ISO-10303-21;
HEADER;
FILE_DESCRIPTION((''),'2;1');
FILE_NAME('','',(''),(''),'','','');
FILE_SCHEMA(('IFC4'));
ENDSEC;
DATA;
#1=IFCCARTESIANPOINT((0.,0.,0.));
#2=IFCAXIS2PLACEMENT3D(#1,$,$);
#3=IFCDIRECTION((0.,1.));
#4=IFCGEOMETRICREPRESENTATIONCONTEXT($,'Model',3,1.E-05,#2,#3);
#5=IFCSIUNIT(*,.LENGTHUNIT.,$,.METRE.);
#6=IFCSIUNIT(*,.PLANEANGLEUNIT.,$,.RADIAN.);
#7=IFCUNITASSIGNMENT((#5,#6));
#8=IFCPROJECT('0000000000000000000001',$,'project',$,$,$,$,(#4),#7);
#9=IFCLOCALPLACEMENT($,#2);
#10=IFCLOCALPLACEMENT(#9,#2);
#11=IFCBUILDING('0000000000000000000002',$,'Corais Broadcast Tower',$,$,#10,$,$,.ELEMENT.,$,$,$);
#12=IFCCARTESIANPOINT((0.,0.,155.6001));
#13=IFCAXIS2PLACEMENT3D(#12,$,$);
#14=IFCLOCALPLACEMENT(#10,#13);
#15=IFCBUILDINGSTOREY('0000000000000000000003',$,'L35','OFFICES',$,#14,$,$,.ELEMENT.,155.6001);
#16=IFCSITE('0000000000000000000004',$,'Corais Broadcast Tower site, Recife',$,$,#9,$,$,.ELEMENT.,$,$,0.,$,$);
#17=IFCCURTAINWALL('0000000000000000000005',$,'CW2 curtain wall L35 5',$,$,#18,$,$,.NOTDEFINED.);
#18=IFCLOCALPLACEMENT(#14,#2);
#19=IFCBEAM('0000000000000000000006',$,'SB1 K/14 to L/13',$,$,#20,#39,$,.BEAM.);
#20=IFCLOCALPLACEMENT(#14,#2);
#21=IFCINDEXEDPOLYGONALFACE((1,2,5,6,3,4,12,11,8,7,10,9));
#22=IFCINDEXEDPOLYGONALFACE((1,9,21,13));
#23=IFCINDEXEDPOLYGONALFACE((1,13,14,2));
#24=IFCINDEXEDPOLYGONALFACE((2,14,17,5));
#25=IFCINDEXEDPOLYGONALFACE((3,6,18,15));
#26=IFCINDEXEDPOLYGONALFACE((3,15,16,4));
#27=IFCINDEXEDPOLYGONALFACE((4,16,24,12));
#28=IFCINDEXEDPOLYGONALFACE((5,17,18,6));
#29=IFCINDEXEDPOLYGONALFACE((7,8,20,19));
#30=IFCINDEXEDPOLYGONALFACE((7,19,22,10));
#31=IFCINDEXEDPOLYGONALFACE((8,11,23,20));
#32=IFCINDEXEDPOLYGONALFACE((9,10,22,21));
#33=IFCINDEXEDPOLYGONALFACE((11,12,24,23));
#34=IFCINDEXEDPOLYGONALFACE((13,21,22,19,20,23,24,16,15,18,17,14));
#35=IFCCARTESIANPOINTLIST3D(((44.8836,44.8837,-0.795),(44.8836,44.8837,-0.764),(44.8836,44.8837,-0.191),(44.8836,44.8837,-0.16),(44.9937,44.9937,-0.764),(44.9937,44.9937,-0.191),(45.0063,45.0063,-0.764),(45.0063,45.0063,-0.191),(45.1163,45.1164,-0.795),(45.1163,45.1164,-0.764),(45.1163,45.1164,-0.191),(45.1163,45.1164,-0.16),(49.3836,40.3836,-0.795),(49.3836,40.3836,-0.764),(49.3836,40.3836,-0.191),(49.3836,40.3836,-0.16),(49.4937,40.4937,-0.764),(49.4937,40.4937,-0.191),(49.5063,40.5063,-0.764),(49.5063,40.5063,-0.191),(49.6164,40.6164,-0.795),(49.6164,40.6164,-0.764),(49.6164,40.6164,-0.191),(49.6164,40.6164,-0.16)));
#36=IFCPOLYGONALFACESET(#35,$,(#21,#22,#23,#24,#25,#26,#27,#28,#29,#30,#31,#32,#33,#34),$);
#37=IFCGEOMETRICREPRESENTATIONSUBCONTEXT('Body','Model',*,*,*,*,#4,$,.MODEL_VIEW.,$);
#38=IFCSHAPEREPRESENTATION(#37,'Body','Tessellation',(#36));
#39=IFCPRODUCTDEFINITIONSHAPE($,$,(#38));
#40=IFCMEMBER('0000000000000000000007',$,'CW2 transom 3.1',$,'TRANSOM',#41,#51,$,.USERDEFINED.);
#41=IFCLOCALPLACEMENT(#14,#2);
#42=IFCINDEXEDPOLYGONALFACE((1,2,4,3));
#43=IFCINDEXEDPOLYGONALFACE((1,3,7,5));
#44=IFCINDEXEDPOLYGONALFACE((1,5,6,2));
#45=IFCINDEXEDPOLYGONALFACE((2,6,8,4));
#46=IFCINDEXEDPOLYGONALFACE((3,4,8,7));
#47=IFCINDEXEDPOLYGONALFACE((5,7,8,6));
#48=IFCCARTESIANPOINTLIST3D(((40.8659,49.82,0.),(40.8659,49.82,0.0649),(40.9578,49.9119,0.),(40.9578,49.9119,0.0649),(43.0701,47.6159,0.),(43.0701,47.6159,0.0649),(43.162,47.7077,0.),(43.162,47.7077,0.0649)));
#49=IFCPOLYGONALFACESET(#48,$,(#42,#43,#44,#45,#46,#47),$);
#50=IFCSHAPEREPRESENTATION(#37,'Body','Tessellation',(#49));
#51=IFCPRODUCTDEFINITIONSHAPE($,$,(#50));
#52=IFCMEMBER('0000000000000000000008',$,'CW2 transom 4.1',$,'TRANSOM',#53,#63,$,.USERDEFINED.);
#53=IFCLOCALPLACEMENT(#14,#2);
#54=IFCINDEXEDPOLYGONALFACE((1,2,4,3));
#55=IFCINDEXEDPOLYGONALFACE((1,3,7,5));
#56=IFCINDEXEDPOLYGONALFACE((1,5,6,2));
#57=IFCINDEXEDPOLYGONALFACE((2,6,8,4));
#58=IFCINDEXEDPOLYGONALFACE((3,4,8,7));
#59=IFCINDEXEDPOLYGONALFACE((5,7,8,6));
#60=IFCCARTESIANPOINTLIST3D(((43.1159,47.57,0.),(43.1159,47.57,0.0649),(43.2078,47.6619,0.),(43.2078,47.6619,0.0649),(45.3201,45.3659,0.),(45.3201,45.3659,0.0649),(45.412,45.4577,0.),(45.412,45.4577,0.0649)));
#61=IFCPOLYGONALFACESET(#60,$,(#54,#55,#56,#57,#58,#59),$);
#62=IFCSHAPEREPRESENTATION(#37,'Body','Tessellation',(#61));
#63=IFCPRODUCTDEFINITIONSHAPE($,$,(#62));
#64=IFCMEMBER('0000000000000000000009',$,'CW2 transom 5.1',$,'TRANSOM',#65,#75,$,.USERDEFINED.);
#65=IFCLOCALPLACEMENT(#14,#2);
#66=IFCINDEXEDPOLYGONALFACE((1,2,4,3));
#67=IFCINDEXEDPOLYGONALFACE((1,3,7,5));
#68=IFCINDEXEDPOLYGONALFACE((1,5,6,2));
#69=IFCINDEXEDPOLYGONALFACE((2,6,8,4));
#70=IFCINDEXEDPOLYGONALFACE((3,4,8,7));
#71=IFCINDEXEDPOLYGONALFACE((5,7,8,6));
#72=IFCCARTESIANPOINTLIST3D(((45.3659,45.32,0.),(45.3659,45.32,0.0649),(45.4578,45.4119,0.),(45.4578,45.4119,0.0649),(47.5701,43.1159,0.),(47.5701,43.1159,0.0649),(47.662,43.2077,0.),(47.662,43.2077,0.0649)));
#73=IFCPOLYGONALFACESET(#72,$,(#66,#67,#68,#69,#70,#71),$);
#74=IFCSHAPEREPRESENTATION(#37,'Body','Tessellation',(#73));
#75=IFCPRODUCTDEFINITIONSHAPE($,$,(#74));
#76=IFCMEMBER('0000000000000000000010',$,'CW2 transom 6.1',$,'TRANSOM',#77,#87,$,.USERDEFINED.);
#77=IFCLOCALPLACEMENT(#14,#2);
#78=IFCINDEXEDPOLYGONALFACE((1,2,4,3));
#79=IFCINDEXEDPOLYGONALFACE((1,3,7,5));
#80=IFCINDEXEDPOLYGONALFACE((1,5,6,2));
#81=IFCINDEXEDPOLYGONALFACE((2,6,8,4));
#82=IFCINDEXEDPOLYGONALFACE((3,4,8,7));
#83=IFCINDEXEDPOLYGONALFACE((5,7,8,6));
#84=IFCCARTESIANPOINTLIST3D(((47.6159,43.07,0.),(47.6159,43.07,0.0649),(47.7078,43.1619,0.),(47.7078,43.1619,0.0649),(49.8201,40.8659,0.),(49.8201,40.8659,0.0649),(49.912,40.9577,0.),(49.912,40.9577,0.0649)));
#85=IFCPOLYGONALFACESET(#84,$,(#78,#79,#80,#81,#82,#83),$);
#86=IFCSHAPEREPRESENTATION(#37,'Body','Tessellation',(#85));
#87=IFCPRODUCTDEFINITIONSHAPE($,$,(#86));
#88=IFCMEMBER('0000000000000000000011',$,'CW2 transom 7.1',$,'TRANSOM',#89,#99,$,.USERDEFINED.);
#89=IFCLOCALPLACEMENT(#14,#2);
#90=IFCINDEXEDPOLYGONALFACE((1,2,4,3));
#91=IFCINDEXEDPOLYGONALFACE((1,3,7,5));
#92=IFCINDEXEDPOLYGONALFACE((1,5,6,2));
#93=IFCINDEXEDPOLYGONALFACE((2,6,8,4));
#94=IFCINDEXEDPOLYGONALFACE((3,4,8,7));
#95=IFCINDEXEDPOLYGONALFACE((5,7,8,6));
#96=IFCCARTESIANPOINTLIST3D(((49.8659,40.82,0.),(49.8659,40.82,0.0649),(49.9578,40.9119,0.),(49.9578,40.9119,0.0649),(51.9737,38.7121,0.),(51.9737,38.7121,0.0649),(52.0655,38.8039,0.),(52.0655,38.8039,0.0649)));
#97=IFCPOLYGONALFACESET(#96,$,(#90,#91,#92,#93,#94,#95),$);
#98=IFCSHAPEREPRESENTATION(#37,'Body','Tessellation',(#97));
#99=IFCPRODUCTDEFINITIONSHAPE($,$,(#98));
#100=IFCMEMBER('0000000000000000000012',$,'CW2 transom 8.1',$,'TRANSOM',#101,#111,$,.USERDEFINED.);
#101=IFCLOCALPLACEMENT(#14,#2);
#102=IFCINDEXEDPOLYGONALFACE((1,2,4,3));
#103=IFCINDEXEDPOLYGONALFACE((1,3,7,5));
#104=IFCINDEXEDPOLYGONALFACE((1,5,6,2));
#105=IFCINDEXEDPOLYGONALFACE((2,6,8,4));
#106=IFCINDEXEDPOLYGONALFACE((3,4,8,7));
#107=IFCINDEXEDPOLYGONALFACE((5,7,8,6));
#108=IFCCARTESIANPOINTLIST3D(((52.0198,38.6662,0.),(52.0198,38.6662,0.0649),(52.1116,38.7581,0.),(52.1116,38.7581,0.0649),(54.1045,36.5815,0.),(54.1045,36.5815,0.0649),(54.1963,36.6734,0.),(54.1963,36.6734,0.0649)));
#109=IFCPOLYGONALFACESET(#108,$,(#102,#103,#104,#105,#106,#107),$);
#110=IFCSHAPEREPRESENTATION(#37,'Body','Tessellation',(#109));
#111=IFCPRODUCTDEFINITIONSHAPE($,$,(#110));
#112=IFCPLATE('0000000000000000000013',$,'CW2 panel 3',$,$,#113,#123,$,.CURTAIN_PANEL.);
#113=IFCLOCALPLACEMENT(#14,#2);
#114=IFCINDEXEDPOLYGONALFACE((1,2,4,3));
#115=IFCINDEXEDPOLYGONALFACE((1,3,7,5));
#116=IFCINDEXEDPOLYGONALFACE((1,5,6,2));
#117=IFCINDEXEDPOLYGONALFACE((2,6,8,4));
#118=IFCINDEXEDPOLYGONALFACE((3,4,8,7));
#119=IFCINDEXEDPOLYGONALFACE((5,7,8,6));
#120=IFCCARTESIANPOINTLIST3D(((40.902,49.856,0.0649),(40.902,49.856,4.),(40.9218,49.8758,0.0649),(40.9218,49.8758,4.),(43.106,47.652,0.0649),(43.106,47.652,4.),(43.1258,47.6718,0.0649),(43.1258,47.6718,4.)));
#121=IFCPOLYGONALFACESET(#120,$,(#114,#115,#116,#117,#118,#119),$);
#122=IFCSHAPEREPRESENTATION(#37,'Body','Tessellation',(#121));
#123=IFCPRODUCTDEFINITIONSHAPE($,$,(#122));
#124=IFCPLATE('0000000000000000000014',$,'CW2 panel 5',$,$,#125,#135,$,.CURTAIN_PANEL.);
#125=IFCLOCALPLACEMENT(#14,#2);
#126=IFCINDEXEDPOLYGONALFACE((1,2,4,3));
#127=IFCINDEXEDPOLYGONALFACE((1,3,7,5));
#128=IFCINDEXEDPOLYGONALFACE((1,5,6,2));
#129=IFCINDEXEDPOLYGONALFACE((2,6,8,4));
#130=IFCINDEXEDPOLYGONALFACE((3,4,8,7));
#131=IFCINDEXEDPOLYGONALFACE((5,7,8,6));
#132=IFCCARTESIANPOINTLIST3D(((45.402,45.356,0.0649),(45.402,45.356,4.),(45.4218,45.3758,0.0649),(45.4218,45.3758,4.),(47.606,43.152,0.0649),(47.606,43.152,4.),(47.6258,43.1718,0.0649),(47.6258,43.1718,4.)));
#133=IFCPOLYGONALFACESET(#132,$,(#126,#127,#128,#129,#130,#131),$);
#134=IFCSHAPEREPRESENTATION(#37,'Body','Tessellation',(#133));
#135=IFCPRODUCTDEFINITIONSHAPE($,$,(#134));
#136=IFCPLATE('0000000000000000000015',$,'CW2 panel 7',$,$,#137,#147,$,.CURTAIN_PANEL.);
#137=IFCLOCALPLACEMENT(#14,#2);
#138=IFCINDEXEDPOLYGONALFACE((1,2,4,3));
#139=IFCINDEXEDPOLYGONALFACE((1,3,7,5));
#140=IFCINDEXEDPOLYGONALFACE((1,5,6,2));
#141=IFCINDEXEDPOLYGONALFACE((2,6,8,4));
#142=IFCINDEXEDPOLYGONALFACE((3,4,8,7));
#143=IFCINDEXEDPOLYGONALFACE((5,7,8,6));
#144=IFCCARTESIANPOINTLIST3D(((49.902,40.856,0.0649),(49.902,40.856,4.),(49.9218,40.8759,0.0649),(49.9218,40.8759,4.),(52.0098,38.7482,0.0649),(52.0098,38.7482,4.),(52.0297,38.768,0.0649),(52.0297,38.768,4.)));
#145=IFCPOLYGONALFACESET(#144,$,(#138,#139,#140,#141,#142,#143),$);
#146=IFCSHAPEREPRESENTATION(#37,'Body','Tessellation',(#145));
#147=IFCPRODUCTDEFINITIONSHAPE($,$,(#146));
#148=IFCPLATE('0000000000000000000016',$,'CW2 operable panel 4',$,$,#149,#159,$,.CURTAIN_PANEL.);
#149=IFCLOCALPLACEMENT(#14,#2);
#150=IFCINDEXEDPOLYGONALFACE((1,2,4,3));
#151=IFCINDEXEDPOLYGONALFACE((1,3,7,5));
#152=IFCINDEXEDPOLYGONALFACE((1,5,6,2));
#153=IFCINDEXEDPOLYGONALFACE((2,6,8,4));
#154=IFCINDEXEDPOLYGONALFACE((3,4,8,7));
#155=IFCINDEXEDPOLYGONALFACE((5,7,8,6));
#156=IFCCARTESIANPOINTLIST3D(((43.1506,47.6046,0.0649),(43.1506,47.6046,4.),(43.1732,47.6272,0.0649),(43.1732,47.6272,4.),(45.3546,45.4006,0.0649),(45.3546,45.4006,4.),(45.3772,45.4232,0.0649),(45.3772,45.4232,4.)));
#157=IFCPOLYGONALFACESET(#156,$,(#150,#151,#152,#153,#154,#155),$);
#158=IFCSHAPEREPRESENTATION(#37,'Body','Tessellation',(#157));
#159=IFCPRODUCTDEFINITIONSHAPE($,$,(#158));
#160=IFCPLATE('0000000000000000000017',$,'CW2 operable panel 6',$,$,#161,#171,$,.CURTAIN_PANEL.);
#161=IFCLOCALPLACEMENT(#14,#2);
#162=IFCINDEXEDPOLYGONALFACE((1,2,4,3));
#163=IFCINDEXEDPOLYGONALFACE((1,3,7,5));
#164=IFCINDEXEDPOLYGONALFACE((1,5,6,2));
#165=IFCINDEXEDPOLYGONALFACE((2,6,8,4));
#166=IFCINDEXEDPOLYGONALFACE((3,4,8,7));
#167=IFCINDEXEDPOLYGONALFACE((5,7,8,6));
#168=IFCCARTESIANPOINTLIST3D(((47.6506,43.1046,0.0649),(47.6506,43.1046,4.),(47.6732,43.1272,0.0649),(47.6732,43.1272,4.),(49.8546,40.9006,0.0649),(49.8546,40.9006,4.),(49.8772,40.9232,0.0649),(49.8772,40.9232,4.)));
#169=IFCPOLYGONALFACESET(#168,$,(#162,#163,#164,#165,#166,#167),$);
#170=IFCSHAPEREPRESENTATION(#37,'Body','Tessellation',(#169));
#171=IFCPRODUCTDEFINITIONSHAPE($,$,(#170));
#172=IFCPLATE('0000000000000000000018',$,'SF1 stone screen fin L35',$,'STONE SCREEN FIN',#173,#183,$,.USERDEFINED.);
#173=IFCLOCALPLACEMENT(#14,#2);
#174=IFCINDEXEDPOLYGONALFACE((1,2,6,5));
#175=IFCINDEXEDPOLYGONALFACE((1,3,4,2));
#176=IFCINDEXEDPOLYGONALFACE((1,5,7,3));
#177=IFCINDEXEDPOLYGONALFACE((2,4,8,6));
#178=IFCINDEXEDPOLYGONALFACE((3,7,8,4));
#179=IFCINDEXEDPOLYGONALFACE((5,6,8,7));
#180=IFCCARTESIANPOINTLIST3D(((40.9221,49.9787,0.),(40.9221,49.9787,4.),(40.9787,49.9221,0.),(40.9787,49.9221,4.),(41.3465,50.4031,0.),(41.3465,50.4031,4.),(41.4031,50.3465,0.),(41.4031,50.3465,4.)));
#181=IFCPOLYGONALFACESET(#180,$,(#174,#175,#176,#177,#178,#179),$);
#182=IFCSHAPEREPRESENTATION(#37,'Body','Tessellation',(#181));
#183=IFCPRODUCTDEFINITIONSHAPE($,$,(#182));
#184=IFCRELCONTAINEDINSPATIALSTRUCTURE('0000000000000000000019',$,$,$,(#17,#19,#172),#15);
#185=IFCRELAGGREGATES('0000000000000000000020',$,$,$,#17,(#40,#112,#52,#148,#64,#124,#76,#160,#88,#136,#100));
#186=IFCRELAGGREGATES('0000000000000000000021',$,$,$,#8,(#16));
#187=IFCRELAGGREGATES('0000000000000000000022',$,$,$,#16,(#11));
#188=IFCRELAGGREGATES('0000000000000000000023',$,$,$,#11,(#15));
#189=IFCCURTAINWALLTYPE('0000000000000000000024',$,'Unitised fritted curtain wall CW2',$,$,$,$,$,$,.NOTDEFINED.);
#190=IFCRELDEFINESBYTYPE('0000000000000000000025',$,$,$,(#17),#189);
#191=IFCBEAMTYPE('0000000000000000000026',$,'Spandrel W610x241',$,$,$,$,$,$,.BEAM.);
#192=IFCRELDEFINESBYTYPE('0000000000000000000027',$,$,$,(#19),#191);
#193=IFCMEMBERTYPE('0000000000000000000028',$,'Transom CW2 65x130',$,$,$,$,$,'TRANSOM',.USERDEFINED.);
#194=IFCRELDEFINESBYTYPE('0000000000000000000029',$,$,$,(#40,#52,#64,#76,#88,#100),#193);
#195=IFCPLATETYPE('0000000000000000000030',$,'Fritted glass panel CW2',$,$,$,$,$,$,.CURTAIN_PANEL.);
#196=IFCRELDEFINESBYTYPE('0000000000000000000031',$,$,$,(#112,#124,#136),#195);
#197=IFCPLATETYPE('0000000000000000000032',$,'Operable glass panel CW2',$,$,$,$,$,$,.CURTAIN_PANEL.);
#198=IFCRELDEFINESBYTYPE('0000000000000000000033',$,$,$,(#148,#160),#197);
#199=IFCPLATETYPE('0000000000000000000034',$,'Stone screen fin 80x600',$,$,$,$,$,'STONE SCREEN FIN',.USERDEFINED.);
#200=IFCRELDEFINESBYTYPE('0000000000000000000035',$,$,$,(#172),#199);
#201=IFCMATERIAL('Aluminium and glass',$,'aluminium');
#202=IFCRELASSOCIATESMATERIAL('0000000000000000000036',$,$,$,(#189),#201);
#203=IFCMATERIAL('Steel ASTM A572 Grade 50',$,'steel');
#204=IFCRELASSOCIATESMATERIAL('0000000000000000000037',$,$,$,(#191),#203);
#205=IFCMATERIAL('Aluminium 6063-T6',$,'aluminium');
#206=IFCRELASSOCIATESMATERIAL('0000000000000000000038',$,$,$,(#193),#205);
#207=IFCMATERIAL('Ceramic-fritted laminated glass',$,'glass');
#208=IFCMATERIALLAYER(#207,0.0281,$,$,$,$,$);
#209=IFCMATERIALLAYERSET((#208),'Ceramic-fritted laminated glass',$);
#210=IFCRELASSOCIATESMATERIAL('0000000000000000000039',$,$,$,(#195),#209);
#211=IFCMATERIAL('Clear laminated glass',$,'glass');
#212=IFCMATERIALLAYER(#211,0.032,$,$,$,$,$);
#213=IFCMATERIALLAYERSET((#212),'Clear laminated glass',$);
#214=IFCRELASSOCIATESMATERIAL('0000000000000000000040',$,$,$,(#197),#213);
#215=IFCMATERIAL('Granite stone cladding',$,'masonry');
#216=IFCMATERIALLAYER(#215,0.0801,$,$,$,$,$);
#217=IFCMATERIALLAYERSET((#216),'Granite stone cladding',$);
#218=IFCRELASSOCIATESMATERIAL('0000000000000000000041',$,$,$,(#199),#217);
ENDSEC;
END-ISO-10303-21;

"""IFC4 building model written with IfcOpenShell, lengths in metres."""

from ifc_helpers import new_model, si_unit, direction, frame, origin, origin_2d, place, context, subcontext, project, spatial, rectangle, i_section, extrude, material, layer, layer_set, material_profile, profile_set, type_object, element, aggregate, save


model = new_model("IFC4")

# Units and contexts
model_context = context("Model", 3, precision=1e-05, world=origin(), true_north=direction((0.0, 1.0)))
body_context = subcontext(model_context, "Body", "Model", "MODEL_VIEW")
ifc_project = project(units=[si_unit("LENGTHUNIT", "METRE"), si_unit("PLANEANGLEUNIT", "RADIAN")], contexts=[model_context])

# Site, building, storey
site_placement = place(None, origin())
site = spatial("IfcSite", under=ifc_project, at=site_placement, Name="Corais Broadcast Tower site, Recife", CompositionType="ELEMENT", RefElevation=0.0)
building_placement = place(site_placement, origin())
building = spatial("IfcBuilding", under=site, at=building_placement, Name="Corais Broadcast Tower", CompositionType="ELEMENT")
storey_placement = place(building_placement, frame((0.0, 0.0, 155.6001)))
storey = spatial("IfcBuildingStorey", under=building, at=storey_placement, Name="L35", Description="OFFICES", CompositionType="ELEMENT", Elevation=155.6001)

# Curtain wall
ifc_material_1 = material(Name="Aluminium and glass", Category="aluminium")
curtain_wall_type = type_object("IfcCurtainWallType", Name="Unitised fritted curtain wall CW2", PredefinedType="NOTDEFINED", material=ifc_material_1)
curtain_wall_placement = place(storey_placement, origin())
curtain_wall = element("IfcCurtainWall", 1, at=curtain_wall_placement, inside=storey, type_object=curtain_wall_type, Name="CW2 curtain wall L35 5", PredefinedType="NOTDEFINED")

# Beam
ifc_material_2 = material(Name="Steel ASTM A572 Grade 50", Category="steel")
ifc_material_profile_1 = material_profile(ifc_material_2, i_section(OverallWidth=0.3291, OverallDepth=0.635, WebThickness=0.0178, FlangeThickness=0.031, at=origin_2d()), Name="W610x241")
ifc_profile_set_1 = profile_set([ifc_material_profile_1], Name="Steel ASTM A572 Grade 50")
beam_type_1 = type_object("IfcBeamType", Name="Spandrel W610x241", PredefinedType="BEAM", material=ifc_profile_set_1)
for number, where, z_axis, x_axis, name in (
    (2, (49.5, 40.5, -0.4775), (-0.707107, 0.707107, 0.0), (-0.707107, -0.707107, 0.0), "SB1 K/14 to L/13"),
):
    element("IfcBeam", number, at=place(storey_placement, frame(where, z_axis=z_axis, x_axis=x_axis)), inside=storey, type_object=beam_type_1, Name=name, PredefinedType="BEAM", context=body_context, shape_type="SweptSolid", body=[
        extrude(i_section(OverallWidth=0.3291, OverallDepth=0.635, WebThickness=0.0178, FlangeThickness=0.031, at=origin_2d()), origin(), (0.0, 0.0, 1.0), 6.364),
    ])

# Members
ifc_material_3 = material(Name="Aluminium 6063-T6", Category="aluminium")
ifc_material_profile_2 = material_profile(ifc_material_3, rectangle(XDim=0.1299, YDim=0.0649, at=origin_2d()), Name="Transom CW2 65x130")
ifc_profile_set_2 = profile_set([ifc_material_profile_2], Name="Aluminium 6063-T6")
member_type_1 = type_object("IfcMemberType", Name="Transom CW2 65x130", ElementType="TRANSOM", PredefinedType="USERDEFINED", material=ifc_profile_set_2)
member_1_placement = place(storey_placement, frame((40.9119, 49.866, 0.0325), z_axis=(0.707107, -0.707107, 0.0), x_axis=(0.707107, 0.707107, 0.0)))
member_1 = element("IfcMember", 3, at=member_1_placement, type_object=member_type_1, Name="CW2 transom 3.1", ObjectType="TRANSOM", PredefinedType="USERDEFINED", context=body_context, shape_type="SweptSolid", body=[
    extrude(rectangle(XDim=0.1299, YDim=0.0649, at=origin_2d()), origin(), (0.0, 0.0, 1.0), 3.1172),
])
member_2_placement = place(storey_placement, frame((43.1619, 47.616, 0.0325), z_axis=(0.707107, -0.707107, 0.0), x_axis=(0.707107, 0.707107, 0.0)))
member_2 = element("IfcMember", 4, at=member_2_placement, type_object=member_type_1, Name="CW2 transom 4.1", ObjectType="TRANSOM", PredefinedType="USERDEFINED", context=body_context, shape_type="SweptSolid", body=[
    extrude(rectangle(XDim=0.1299, YDim=0.0649, at=origin_2d()), origin(), (0.0, 0.0, 1.0), 3.1172),
])
member_3_placement = place(storey_placement, frame((45.4119, 45.366, 0.0325), z_axis=(0.707107, -0.707107, 0.0), x_axis=(0.707107, 0.707107, 0.0)))
member_3 = element("IfcMember", 5, at=member_3_placement, type_object=member_type_1, Name="CW2 transom 5.1", ObjectType="TRANSOM", PredefinedType="USERDEFINED", context=body_context, shape_type="SweptSolid", body=[
    extrude(rectangle(XDim=0.1299, YDim=0.0649, at=origin_2d()), origin(), (0.0, 0.0, 1.0), 3.1172),
])
member_4_placement = place(storey_placement, frame((47.6619, 43.116, 0.0325), z_axis=(0.707107, -0.707107, 0.0), x_axis=(0.707107, 0.707107, 0.0)))
member_4 = element("IfcMember", 6, at=member_4_placement, type_object=member_type_1, Name="CW2 transom 6.1", ObjectType="TRANSOM", PredefinedType="USERDEFINED", context=body_context, shape_type="SweptSolid", body=[
    extrude(rectangle(XDim=0.1299, YDim=0.0649, at=origin_2d()), origin(), (0.0, 0.0, 1.0), 3.1172),
])
member_5_placement = place(storey_placement, frame((49.9119, 40.866, 0.0325), z_axis=(0.707066, -0.707148, 0.0), x_axis=(0.707148, 0.707066, 0.0)))
member_5 = element("IfcMember", 7, at=member_5_placement, type_object=member_type_1, Name="CW2 transom 7.1", ObjectType="TRANSOM", PredefinedType="USERDEFINED", context=body_context, shape_type="SweptSolid", body=[
    extrude(rectangle(XDim=0.1299, YDim=0.0649, at=origin_2d()), origin(), (0.0, 0.0, 1.0), 2.981),
])
member_6_placement = place(storey_placement, frame((52.0657, 38.7122, 0.0325), z_axis=(0.707107, -0.707107, 0.0), x_axis=(0.707107, 0.707107, 0.0)))
member_6 = element("IfcMember", 8, at=member_6_placement, type_object=member_type_1, Name="CW2 transom 8.1", ObjectType="TRANSOM", PredefinedType="USERDEFINED", context=body_context, shape_type="SweptSolid", body=[
    extrude(rectangle(XDim=0.1299, YDim=0.0649, at=origin_2d()), origin(), (0.0, 0.0, 1.0), 2.9482),
])

# Plates
ifc_material_4 = material(Name="Ceramic-fritted laminated glass", Category="glass")
ifc_layer_1 = layer(ifc_material_4, 0.0281)
ifc_layer_set_1 = layer_set([ifc_layer_1], Name="Ceramic-fritted laminated glass")
plate_type_1 = type_object("IfcPlateType", Name="Fritted glass panel CW2", PredefinedType="CURTAIN_PANEL", material=ifc_layer_set_1)
plate_1_placement = place(storey_placement, frame((42.0139, 48.7639, 0.0649), z_axis=(0.0, 0.0, 1.0), x_axis=(0.707107, -0.707107, 0.0)))
plate_1 = element("IfcPlate", 9, at=plate_1_placement, type_object=plate_type_1, Name="CW2 panel 3", PredefinedType="CURTAIN_PANEL", context=body_context, shape_type="SweptSolid", body=[
    extrude(rectangle(XDim=3.1169, YDim=0.0281, at=origin_2d()), origin(), (0.0, 0.0, 1.0), 3.9351),
])
plate_2_placement = place(storey_placement, frame((46.5139, 44.2639, 0.0649), z_axis=(0.0, 0.0, 1.0), x_axis=(0.707107, -0.707107, 0.0)))
plate_2 = element("IfcPlate", 10, at=plate_2_placement, type_object=plate_type_1, Name="CW2 panel 5", PredefinedType="CURTAIN_PANEL", context=body_context, shape_type="SweptSolid", body=[
    extrude(rectangle(XDim=3.1169, YDim=0.0281, at=origin_2d()), origin(), (0.0, 0.0, 1.0), 3.9351),
])
plate_3_placement = place(storey_placement, frame((50.9658, 39.812, 0.0649), z_axis=(0.0, 0.0, 1.0), x_axis=(0.707107, -0.707107, 0.0)))
plate_3 = element("IfcPlate", 11, at=plate_3_placement, type_object=plate_type_1, Name="CW2 panel 7", PredefinedType="CURTAIN_PANEL", context=body_context, shape_type="SweptSolid", body=[
    extrude(rectangle(XDim=2.981, YDim=0.0281, at=origin_2d()), origin(), (0.0, 0.0, 1.0), 3.9351),
])
ifc_material_5 = material(Name="Clear laminated glass", Category="glass")
ifc_layer_2 = layer(ifc_material_5, 0.032)
ifc_layer_set_2 = layer_set([ifc_layer_2], Name="Clear laminated glass")
plate_type_2 = type_object("IfcPlateType", Name="Operable glass panel CW2", PredefinedType="CURTAIN_PANEL", material=ifc_layer_set_2)
plate_4_placement = place(storey_placement, frame((44.2639, 46.5139, 0.0649), z_axis=(0.0, 0.0, 1.0), x_axis=(0.707107, -0.707107, 0.0)))
plate_4 = element("IfcPlate", 12, at=plate_4_placement, type_object=plate_type_2, Name="CW2 operable panel 4", PredefinedType="CURTAIN_PANEL", context=body_context, shape_type="SweptSolid", body=[
    extrude(rectangle(XDim=3.1169, YDim=0.032, at=origin_2d()), origin(), (0.0, 0.0, 1.0), 3.9351),
])
plate_5_placement = place(storey_placement, frame((48.7639, 42.0139, 0.0649), z_axis=(0.0, 0.0, 1.0), x_axis=(0.707107, -0.707107, 0.0)))
plate_5 = element("IfcPlate", 13, at=plate_5_placement, type_object=plate_type_2, Name="CW2 operable panel 6", PredefinedType="CURTAIN_PANEL", context=body_context, shape_type="SweptSolid", body=[
    extrude(rectangle(XDim=3.1169, YDim=0.032, at=origin_2d()), origin(), (0.0, 0.0, 1.0), 3.9351),
])
aggregate(curtain_wall, [member_1, plate_1, member_2, plate_4, member_3, plate_2, member_4, plate_5, member_5, plate_3, member_6])

# Plate
ifc_material_6 = material(Name="Granite stone cladding", Category="masonry")
ifc_layer_3 = layer(ifc_material_6, 0.0801)
ifc_layer_set_3 = layer_set([ifc_layer_3], Name="Granite stone cladding")
plate_type_3 = type_object("IfcPlateType", Name="Stone screen fin 80x600", ElementType="STONE SCREEN FIN", PredefinedType="USERDEFINED", material=ifc_layer_set_3)
for number, where, z_axis, x_axis, name in (
    (14, (41.1626, 50.1626, 0.0), (0.0, 0.0, 1.0), (0.707107, -0.707107, 0.0), "SF1 stone screen fin L35"),
):
    element("IfcPlate", number, at=place(storey_placement, frame(where, z_axis=z_axis, x_axis=x_axis)), inside=storey, type_object=plate_type_3, Name=name, ObjectType="STONE SCREEN FIN", PredefinedType="USERDEFINED", context=body_context, shape_type="SweptSolid", body=[
        extrude(rectangle(XDim=0.0801, YDim=0.6001, at=origin_2d()), origin(), (0.0, 0.0, 1.0), 4.0),
    ])

save(model, "model.ifc")
